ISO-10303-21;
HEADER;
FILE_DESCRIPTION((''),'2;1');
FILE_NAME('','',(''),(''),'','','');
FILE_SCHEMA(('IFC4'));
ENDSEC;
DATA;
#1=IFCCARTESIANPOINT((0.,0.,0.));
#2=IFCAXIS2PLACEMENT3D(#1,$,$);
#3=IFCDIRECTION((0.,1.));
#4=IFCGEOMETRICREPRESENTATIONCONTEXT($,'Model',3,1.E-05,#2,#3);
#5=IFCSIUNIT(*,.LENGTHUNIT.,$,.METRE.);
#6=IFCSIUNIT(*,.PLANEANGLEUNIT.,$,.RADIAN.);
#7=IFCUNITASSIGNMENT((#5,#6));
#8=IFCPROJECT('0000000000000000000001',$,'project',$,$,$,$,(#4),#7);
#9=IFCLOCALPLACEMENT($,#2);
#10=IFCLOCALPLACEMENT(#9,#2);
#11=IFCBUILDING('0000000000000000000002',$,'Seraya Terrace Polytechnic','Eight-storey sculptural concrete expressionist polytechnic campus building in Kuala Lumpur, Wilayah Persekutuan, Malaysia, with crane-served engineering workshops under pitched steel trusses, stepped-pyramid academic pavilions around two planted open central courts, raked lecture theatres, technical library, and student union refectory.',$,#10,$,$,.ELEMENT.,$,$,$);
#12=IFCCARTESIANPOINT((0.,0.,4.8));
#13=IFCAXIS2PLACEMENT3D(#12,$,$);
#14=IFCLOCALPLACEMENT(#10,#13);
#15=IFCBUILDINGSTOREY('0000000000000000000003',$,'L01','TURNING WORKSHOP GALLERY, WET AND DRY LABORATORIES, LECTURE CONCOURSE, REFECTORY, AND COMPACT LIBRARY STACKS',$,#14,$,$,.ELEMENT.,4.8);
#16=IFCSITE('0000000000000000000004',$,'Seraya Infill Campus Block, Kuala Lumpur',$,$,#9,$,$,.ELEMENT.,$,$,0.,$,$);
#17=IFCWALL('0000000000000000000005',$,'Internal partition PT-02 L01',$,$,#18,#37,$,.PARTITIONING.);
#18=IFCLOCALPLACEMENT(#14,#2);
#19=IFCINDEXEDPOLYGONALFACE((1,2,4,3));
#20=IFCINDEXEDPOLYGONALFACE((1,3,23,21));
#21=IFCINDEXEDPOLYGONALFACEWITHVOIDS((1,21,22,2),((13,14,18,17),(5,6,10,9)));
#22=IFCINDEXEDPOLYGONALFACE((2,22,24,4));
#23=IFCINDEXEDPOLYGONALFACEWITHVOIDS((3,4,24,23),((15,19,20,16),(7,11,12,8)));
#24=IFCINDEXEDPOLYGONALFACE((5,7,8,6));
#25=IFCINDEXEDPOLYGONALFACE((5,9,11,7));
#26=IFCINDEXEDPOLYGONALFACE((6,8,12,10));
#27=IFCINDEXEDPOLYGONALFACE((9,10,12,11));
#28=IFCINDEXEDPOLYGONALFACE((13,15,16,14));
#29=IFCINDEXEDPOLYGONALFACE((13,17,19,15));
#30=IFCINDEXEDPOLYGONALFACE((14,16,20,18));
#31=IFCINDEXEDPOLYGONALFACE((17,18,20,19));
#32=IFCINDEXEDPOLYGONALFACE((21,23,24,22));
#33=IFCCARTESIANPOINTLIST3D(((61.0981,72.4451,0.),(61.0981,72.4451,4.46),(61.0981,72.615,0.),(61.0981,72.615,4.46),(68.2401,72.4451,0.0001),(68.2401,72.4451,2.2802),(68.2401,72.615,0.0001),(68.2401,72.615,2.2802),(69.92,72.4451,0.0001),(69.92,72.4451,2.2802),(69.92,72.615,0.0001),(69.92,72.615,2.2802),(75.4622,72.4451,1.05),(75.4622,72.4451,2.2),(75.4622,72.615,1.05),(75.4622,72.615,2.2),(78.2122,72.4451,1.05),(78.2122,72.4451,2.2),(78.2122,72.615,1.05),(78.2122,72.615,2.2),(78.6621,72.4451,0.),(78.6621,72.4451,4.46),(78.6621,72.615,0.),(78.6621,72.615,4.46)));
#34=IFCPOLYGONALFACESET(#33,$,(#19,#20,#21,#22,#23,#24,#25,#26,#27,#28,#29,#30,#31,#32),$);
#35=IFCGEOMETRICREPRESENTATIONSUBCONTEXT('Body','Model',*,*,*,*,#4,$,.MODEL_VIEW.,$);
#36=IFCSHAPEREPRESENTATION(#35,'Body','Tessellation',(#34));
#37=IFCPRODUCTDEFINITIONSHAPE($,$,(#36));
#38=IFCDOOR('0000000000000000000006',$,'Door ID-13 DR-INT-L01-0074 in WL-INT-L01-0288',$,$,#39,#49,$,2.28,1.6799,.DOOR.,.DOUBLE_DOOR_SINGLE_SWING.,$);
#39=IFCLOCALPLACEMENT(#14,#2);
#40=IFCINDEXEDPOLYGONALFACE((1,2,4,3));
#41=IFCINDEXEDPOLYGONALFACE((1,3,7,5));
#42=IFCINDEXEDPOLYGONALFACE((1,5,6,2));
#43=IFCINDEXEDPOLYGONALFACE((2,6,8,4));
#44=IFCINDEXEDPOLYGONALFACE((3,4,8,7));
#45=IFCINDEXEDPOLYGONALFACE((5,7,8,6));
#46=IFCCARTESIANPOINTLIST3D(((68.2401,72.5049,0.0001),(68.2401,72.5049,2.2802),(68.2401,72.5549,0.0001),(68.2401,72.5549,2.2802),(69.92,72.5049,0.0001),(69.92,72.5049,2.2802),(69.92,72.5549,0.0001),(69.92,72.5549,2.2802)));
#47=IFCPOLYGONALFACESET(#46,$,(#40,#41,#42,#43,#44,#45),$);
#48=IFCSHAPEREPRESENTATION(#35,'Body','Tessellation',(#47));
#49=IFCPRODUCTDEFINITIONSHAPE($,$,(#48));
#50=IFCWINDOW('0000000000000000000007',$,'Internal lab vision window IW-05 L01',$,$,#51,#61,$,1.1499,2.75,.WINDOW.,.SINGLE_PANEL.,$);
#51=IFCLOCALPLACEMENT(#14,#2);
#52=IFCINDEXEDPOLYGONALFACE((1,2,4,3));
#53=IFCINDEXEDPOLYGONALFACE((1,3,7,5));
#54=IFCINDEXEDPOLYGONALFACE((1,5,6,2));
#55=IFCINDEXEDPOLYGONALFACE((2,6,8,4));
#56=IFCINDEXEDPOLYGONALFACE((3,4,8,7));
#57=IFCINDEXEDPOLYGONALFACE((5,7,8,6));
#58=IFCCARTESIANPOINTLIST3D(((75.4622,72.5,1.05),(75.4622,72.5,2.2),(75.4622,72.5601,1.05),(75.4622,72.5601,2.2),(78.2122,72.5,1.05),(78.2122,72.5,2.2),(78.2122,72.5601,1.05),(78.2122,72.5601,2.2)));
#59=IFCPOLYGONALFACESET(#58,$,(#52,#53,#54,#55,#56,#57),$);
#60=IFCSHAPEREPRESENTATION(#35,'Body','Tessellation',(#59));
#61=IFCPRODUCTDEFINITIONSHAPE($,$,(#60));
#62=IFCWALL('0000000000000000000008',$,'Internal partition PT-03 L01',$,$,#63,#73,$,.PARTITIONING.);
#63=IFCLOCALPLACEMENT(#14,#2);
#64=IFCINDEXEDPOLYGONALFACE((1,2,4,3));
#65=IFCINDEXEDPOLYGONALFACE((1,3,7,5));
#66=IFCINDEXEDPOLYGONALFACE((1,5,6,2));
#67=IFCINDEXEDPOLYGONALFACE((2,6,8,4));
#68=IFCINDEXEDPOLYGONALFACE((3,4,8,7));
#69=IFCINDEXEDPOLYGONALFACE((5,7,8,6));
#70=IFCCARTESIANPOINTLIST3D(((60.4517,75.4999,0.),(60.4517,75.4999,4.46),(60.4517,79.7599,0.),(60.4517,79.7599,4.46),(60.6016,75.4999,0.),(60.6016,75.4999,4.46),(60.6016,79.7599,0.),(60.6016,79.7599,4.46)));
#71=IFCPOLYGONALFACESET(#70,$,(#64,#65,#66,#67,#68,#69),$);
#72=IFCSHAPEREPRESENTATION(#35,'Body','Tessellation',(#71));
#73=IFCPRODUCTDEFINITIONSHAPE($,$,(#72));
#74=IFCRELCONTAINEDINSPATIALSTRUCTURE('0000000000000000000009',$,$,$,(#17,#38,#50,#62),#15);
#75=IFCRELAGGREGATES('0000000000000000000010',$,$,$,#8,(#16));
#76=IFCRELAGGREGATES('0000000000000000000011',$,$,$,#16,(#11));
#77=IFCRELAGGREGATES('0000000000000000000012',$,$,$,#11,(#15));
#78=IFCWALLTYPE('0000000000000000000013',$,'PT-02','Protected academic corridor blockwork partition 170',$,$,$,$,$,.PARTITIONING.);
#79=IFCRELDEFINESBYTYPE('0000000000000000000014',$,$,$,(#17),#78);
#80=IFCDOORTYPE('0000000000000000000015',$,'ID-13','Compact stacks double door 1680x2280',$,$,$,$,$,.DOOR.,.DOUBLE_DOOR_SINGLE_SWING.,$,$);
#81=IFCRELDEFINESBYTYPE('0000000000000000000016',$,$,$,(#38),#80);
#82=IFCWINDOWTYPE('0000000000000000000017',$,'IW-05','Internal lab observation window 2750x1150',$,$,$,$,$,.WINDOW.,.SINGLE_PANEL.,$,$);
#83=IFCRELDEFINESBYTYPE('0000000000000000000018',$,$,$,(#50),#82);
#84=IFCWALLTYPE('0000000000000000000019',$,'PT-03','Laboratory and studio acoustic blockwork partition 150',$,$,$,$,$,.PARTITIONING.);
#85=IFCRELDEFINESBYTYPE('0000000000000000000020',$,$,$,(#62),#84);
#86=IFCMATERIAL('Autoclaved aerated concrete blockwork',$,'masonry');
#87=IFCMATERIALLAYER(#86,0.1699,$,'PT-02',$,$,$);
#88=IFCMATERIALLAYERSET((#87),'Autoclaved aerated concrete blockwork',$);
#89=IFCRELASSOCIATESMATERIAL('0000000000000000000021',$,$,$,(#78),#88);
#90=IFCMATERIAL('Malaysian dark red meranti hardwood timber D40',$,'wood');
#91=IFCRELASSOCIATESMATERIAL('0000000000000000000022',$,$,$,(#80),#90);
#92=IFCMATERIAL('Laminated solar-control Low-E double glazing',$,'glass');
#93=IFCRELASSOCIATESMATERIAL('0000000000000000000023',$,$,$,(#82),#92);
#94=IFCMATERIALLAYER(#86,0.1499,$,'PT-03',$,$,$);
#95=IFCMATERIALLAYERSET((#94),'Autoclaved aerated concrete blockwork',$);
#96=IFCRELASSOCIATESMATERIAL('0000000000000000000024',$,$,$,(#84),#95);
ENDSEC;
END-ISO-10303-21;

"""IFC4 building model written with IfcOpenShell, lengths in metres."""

from ifc_helpers import new_model, si_unit, direction, frame, frame_2d, origin, place, context, subcontext, project, spatial, rectangle, extrude, material, layer, layer_set, type_object, element, fill, save


model = new_model("IFC4")

# Units and contexts
model_context = context("Model", 3, precision=1e-05, world=origin(), true_north=direction((0.0, 1.0)))
body_context = subcontext(model_context, "Body", "Model", "MODEL_VIEW")
ifc_project = project(units=[si_unit("LENGTHUNIT", "METRE"), si_unit("PLANEANGLEUNIT", "RADIAN")], contexts=[model_context])

# Site, building, storey
site_placement = place(None, origin())
site = spatial("IfcSite", under=ifc_project, at=site_placement, Name="Seraya Infill Campus Block, Kuala Lumpur", CompositionType="ELEMENT", RefElevation=0.0)
building_placement = place(site_placement, origin())
building = spatial("IfcBuilding", under=site, at=building_placement, Name="Seraya Terrace Polytechnic", Description="Eight-storey sculptural concrete expressionist polytechnic campus building in Kuala Lumpur, Wilayah Persekutuan, Malaysia, with crane-served engineering workshops under pitched steel trusses, stepped-pyramid academic pavilions around two planted open central courts, raked lecture theatres, technical library, and student union refectory.", CompositionType="ELEMENT")
storey_placement = place(building_placement, frame((0.0, 0.0, 4.8)))
storey = spatial("IfcBuildingStorey", under=building, at=storey_placement, Name="L01", Description="TURNING WORKSHOP GALLERY, WET AND DRY LABORATORIES, LECTURE CONCOURSE, REFECTORY, AND COMPACT LIBRARY STACKS", CompositionType="ELEMENT", Elevation=4.8)

# Shared definitions
ifc_material_1 = material(Name="Autoclaved aerated concrete blockwork", Category="masonry")
ifc_layer_1 = layer(ifc_material_1, 0.1699, Name="PT-02")
ifc_layer_set_1 = layer_set([ifc_layer_1], Name="Autoclaved aerated concrete blockwork")
wall_type_1 = type_object("IfcWallType", Name="PT-02", Description="Protected academic corridor blockwork partition 170", PredefinedType="PARTITIONING", material=ifc_layer_set_1)

# Wall, openings, door, window
wall_1_placement = place(storey_placement, frame((61.0981, 72.53, 0.0), z_axis=(0.0, 0.0, 1.0), x_axis=(1.0, 0.0, 0.0)))
wall_1 = element("IfcWall", 1, at=wall_1_placement, inside=storey, type_object=wall_type_1, Name="Internal partition PT-02 L01", PredefinedType="PARTITIONING", context=body_context, shape_type="SweptSolid", body=[
    extrude(rectangle(XDim=17.564, YDim=0.1699, at=frame_2d((8.782, 0.0))), origin(), (0.0, 0.0, 1.0), 4.46),
])
opening_1_placement = place(wall_1_placement, frame((7.1421, 0.0, 0.0)))
opening_1 = element("IfcOpeningElement", 2, at=opening_1_placement, cuts=wall_1, PredefinedType="OPENING", context=body_context, shape_type="SweptSolid", body=[
    extrude(rectangle(XDim=1.6799, YDim=2.28, at=frame_2d((0.8398, 1.1401))), frame((0.0, 0.0969, 0.0), z_axis=(0.0, -1.0, 0.0), x_axis=(1.0, 0.0, 0.0)), (0.0, 0.0, 1.0), 0.1938),
])
opening_2_placement = place(wall_1_placement, frame((14.364, 0.0, 1.05)))
opening_2 = element("IfcOpeningElement", 3, at=opening_2_placement, cuts=wall_1, PredefinedType="OPENING", context=body_context, shape_type="SweptSolid", body=[
    extrude(rectangle(XDim=2.75, YDim=1.1499, at=frame_2d((1.375, 0.575))), frame((0.0, 0.0969, 0.0), z_axis=(0.0, -1.0, 0.0), x_axis=(1.0, 0.0, 0.0)), (0.0, 0.0, 1.0), 0.1938),
])
ifc_material_2 = material(Name="Malaysian dark red meranti hardwood timber D40", Category="wood")
door_type = type_object("IfcDoorType", Name="ID-13", Description="Compact stacks double door 1680x2280", OperationType="DOUBLE_DOOR_SINGLE_SWING", PredefinedType="DOOR", material=ifc_material_2)
door_placement = place(opening_1_placement, origin())
door = element("IfcDoor", 4, at=door_placement, inside=storey, type_object=door_type, Name="Door ID-13 DR-INT-L01-0074 in WL-INT-L01-0288", OperationType="DOUBLE_DOOR_SINGLE_SWING", OverallHeight=2.28, OverallWidth=1.6799, PredefinedType="DOOR", context=body_context, shape_type="SweptSolid", body=[
    extrude(rectangle(XDim=1.6799, YDim=2.28, at=frame_2d((0.8398, 1.1401))), frame((0.0, 0.0249, 0.0), z_axis=(0.0, -1.0, 0.0), x_axis=(1.0, 0.0, 0.0)), (0.0, 0.0, 1.0), 0.05),
])
fill(opening_1, door)
ifc_material_3 = material(Name="Laminated solar-control Low-E double glazing", Category="glass")
window_type = type_object("IfcWindowType", Name="IW-05", Description="Internal lab observation window 2750x1150", PartitioningType="SINGLE_PANEL", PredefinedType="WINDOW", material=ifc_material_3)
window_placement = place(opening_2_placement, origin())
window = element("IfcWindow", 5, at=window_placement, inside=storey, type_object=window_type, Name="Internal lab vision window IW-05 L01", OverallHeight=1.1499, OverallWidth=2.75, PartitioningType="SINGLE_PANEL", PredefinedType="WINDOW", context=body_context, shape_type="SweptSolid", body=[
    extrude(rectangle(XDim=2.75, YDim=1.1499, at=frame_2d((1.375, 0.575))), frame((0.0, 0.03, 0.0), z_axis=(0.0, -1.0, 0.0), x_axis=(1.0, 0.0, 0.0)), (0.0, 0.0, 1.0), 0.0601),
])
fill(opening_2, window)

# Wall
ifc_layer_2 = layer(ifc_material_1, 0.1499, Name="PT-03")
ifc_layer_set_2 = layer_set([ifc_layer_2], Name="Autoclaved aerated concrete blockwork")
wall_type_2 = type_object("IfcWallType", Name="PT-03", Description="Laboratory and studio acoustic blockwork partition 150", PredefinedType="PARTITIONING", material=ifc_layer_set_2)
wall_2_placement = place(storey_placement, frame((60.5266, 75.5, 0.0), z_axis=(0.0, 0.0, 1.0), x_axis=(0.0, 1.0, 0.0)))
element("IfcWall", 6, at=wall_2_placement, inside=storey, type_object=wall_type_2, Name="Internal partition PT-03 L01", PredefinedType="PARTITIONING", context=body_context, shape_type="SweptSolid", body=[
    extrude(rectangle(XDim=4.26, YDim=0.1499, at=frame_2d((2.1299, 0.0))), origin(), (0.0, 0.0, 1.0), 4.46),
])

save(model, "model.ifc")
